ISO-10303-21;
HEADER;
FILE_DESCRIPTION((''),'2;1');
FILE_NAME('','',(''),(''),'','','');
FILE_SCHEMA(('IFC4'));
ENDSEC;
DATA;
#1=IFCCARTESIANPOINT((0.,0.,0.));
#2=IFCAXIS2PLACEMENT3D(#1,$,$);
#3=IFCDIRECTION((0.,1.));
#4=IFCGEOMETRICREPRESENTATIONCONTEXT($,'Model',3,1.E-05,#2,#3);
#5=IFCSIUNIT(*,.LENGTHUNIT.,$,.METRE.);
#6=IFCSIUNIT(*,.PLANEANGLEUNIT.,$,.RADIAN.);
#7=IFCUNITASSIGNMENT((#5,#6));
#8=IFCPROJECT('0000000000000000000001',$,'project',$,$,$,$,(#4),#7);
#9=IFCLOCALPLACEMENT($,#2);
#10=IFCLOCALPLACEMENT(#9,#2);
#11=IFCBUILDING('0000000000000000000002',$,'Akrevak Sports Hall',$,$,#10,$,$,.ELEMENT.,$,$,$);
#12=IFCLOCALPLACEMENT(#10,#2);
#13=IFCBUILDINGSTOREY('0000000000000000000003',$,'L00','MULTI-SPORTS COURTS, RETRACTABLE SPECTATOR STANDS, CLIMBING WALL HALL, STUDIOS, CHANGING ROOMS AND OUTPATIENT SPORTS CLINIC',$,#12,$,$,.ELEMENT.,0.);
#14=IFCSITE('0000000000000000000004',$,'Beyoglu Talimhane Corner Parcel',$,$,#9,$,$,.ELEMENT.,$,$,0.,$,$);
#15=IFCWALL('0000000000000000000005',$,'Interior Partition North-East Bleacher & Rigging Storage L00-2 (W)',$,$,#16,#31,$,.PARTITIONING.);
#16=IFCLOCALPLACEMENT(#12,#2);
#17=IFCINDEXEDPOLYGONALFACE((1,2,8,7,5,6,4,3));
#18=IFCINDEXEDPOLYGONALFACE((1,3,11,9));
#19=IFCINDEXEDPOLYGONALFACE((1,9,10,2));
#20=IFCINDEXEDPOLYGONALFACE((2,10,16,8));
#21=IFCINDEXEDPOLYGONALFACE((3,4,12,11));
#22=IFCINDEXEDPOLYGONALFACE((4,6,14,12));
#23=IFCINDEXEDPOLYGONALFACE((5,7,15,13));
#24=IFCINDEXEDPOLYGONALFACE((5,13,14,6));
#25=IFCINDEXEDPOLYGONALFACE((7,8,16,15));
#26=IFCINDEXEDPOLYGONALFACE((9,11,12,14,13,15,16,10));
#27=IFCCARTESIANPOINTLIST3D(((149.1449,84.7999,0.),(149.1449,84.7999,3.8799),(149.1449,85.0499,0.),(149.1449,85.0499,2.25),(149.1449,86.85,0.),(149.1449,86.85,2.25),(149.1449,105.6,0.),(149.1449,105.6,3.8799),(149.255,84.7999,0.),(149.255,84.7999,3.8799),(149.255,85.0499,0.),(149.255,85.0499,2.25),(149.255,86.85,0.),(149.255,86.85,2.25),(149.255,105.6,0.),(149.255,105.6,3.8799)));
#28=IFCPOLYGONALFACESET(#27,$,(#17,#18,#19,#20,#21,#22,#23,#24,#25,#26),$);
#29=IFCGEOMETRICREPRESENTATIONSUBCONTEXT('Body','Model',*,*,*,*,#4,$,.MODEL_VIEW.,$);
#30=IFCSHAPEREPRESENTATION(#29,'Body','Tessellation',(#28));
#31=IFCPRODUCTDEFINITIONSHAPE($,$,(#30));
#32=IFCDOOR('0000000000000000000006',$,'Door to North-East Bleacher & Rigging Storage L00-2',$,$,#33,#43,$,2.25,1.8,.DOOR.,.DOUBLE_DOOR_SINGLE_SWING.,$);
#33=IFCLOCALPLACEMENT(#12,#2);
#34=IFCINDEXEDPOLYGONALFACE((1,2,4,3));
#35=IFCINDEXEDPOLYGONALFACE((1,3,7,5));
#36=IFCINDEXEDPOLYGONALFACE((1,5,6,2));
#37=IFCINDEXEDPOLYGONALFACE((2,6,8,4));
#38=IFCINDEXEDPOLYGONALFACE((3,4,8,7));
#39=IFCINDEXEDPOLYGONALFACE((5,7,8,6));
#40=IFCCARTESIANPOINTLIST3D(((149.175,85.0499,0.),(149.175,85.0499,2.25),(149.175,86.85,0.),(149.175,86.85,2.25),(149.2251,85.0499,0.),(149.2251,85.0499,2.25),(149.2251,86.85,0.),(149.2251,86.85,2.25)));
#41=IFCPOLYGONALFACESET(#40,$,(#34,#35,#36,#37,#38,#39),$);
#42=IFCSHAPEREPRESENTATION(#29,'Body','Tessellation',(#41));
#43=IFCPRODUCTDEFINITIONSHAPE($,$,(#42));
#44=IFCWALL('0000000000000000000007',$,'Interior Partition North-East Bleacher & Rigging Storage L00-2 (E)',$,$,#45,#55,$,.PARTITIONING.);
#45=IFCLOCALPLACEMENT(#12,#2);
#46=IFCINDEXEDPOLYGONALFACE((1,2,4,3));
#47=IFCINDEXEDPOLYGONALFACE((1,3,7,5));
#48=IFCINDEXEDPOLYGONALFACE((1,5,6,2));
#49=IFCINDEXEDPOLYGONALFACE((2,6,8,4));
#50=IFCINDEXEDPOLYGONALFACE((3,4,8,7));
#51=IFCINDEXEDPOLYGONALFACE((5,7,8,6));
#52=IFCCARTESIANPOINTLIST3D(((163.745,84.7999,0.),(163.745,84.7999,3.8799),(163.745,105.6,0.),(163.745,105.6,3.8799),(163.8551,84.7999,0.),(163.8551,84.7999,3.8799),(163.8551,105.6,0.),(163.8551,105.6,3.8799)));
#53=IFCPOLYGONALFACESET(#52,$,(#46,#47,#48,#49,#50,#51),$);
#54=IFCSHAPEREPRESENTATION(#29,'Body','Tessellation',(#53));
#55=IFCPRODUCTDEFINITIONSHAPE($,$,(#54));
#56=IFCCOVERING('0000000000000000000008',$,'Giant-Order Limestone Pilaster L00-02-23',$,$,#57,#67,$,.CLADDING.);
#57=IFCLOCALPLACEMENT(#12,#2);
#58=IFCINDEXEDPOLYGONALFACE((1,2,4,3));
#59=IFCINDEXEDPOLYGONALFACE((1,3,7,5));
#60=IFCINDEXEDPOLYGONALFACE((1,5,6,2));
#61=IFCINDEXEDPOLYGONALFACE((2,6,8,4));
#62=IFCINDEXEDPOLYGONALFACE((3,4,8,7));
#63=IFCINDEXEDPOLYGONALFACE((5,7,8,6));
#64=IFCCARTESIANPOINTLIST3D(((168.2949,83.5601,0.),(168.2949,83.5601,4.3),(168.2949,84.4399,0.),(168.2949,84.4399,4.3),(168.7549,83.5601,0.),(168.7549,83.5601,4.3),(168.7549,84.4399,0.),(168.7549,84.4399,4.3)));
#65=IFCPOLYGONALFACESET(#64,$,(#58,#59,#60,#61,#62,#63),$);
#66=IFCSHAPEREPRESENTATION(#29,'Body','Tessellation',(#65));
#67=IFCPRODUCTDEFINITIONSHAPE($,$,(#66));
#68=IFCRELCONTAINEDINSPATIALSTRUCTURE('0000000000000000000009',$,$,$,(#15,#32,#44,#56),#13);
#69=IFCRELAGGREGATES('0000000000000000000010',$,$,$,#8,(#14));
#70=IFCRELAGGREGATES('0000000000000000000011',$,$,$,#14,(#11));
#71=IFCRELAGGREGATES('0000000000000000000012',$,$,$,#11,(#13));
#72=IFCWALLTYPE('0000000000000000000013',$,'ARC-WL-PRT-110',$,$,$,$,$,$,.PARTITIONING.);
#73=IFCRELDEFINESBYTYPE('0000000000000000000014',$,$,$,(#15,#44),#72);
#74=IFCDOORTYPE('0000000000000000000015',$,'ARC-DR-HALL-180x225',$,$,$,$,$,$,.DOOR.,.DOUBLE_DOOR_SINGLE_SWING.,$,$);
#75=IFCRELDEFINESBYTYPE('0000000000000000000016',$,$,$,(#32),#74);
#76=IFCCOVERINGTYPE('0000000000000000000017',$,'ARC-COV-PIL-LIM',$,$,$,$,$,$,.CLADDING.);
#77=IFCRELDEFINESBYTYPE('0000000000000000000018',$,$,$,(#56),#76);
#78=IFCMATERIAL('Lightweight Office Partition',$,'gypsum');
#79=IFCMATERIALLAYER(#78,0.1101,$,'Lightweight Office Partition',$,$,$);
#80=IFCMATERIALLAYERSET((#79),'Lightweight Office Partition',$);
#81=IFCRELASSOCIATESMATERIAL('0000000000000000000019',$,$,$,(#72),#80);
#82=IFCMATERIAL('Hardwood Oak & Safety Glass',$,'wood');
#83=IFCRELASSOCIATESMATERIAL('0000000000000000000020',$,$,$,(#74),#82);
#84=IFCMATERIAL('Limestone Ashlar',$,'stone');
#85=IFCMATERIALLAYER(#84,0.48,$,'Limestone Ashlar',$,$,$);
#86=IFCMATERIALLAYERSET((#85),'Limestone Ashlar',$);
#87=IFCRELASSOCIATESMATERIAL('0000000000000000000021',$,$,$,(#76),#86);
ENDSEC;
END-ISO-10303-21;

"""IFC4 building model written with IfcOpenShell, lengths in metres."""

from ifc_helpers import new_model, si_unit, direction, frame, frame_2d, origin, origin_2d, place, context, subcontext, project, spatial, rectangle, extrude, material, layer, layer_set, type_object, element, fill, save


model = new_model("IFC4")

# Units and contexts
model_context = context("Model", 3, precision=1e-05, world=origin(), true_north=direction((0.0, 1.0)))
body_context = subcontext(model_context, "Body", "Model", "MODEL_VIEW")
ifc_project = project(units=[si_unit("LENGTHUNIT", "METRE"), si_unit("PLANEANGLEUNIT", "RADIAN")], contexts=[model_context])

# Site, building, storey
site_placement = place(None, origin())
site = spatial("IfcSite", under=ifc_project, at=site_placement, Name="Beyoglu Talimhane Corner Parcel", CompositionType="ELEMENT", RefElevation=0.0)
building_placement = place(site_placement, origin())
building = spatial("IfcBuilding", under=site, at=building_placement, Name="Akrevak Sports Hall", CompositionType="ELEMENT")
storey_placement = place(building_placement, origin())
storey = spatial("IfcBuildingStorey", under=building, at=storey_placement, Name="L00", Description="MULTI-SPORTS COURTS, RETRACTABLE SPECTATOR STANDS, CLIMBING WALL HALL, STUDIOS, CHANGING ROOMS AND OUTPATIENT SPORTS CLINIC", CompositionType="ELEMENT", Elevation=0.0)

# Shared definitions
ifc_material_1 = material(Name="Limestone Ashlar", Category="stone")

# Shared definitions
ifc_material_2 = material(Name="Lightweight Office Partition", Category="gypsum")
ifc_layer_1 = layer(ifc_material_2, 0.1101, Name="Lightweight Office Partition")
ifc_layer_set_1 = layer_set([ifc_layer_1], Name="Lightweight Office Partition")
wall_type_1 = type_object("IfcWallType", Name="ARC-WL-PRT-110", PredefinedType="PARTITIONING", material=ifc_layer_set_1)

# Wall, opening, door
wall_1_placement = place(storey_placement, frame((149.2, 84.8, 0.0), z_axis=(0.0, 0.0, 1.0), x_axis=(0.0, 1.0, 0.0)))
wall_1 = element("IfcWall", 1, at=wall_1_placement, inside=storey, type_object=wall_type_1, Name="Interior Partition North-East Bleacher & Rigging Storage L00-2 (W)", PredefinedType="PARTITIONING", context=body_context, shape_type="SweptSolid", body=[
    extrude(rectangle(XDim=20.8, YDim=0.1101, at=frame_2d((10.3999, 0.0))), origin(), (0.0, 0.0, 1.0), 3.8799),
])
opening_1_placement = place(wall_1_placement, frame((0.25, 0.0, 0.0)))
opening_1 = element("IfcOpeningElement", 2, at=opening_1_placement, cuts=wall_1, PredefinedType="OPENING", context=body_context, shape_type="SweptSolid", body=[
    extrude(rectangle(XDim=1.8, YDim=2.25, at=frame_2d((0.8999, 1.125))), frame((0.0, 0.0669, 0.0), z_axis=(0.0, -1.0, 0.0), x_axis=(1.0, 0.0, 0.0)), (0.0, 0.0, 1.0), 0.134),
])
ifc_material_3 = material(Name="Hardwood Oak & Safety Glass", Category="wood")
door_type = type_object("IfcDoorType", Name="ARC-DR-HALL-180x225", OperationType="DOUBLE_DOOR_SINGLE_SWING", PredefinedType="DOOR", material=ifc_material_3)
door_placement = place(opening_1_placement, origin())
door = element("IfcDoor", 3, at=door_placement, inside=storey, type_object=door_type, Name="Door to North-East Bleacher & Rigging Storage L00-2", OperationType="DOUBLE_DOOR_SINGLE_SWING", OverallHeight=2.25, OverallWidth=1.8, PredefinedType="DOOR", context=body_context, shape_type="SweptSolid", body=[
    extrude(rectangle(XDim=1.8, YDim=2.25, at=frame_2d((0.8999, 1.125))), frame((0.0, 0.0249, 0.0), z_axis=(0.0, -1.0, 0.0), x_axis=(1.0, 0.0, 0.0)), (0.0, 0.0, 1.0), 0.05),
])
fill(opening_1, door)

# Wall
wall_2_placement = place(storey_placement, frame((163.8, 84.8, 0.0), z_axis=(0.0, 0.0, 1.0), x_axis=(0.0, 1.0, 0.0)))
element("IfcWall", 4, at=wall_2_placement, inside=storey, type_object=wall_type_1, Name="Interior Partition North-East Bleacher & Rigging Storage L00-2 (E)", PredefinedType="PARTITIONING", context=body_context, shape_type="SweptSolid", body=[
    extrude(rectangle(XDim=20.8, YDim=0.1101, at=frame_2d((10.3999, 0.0))), origin(), (0.0, 0.0, 1.0), 3.8799),
])

# Covering
ifc_layer_2 = layer(ifc_material_1, 0.48, Name="Limestone Ashlar")
ifc_layer_set_2 = layer_set([ifc_layer_2], Name="Limestone Ashlar")
covering_type = type_object("IfcCoveringType", Name="ARC-COV-PIL-LIM", PredefinedType="CLADDING", material=ifc_layer_set_2)
covering_placement = place(storey_placement, frame((168.5249, 84.0, 0.0), z_axis=(0.0, 0.0, 1.0), x_axis=(0.0, 1.0, 0.0)))
element("IfcCovering", 5, at=covering_placement, inside=storey, type_object=covering_type, Name="Giant-Order Limestone Pilaster L00-02-23", PredefinedType="CLADDING", context=body_context, shape_type="SweptSolid", body=[
    extrude(rectangle(XDim=0.8799, YDim=0.46, at=origin_2d()), origin(), (0.0, 0.0, 1.0), 4.3),
])

save(model, "model.ifc")
